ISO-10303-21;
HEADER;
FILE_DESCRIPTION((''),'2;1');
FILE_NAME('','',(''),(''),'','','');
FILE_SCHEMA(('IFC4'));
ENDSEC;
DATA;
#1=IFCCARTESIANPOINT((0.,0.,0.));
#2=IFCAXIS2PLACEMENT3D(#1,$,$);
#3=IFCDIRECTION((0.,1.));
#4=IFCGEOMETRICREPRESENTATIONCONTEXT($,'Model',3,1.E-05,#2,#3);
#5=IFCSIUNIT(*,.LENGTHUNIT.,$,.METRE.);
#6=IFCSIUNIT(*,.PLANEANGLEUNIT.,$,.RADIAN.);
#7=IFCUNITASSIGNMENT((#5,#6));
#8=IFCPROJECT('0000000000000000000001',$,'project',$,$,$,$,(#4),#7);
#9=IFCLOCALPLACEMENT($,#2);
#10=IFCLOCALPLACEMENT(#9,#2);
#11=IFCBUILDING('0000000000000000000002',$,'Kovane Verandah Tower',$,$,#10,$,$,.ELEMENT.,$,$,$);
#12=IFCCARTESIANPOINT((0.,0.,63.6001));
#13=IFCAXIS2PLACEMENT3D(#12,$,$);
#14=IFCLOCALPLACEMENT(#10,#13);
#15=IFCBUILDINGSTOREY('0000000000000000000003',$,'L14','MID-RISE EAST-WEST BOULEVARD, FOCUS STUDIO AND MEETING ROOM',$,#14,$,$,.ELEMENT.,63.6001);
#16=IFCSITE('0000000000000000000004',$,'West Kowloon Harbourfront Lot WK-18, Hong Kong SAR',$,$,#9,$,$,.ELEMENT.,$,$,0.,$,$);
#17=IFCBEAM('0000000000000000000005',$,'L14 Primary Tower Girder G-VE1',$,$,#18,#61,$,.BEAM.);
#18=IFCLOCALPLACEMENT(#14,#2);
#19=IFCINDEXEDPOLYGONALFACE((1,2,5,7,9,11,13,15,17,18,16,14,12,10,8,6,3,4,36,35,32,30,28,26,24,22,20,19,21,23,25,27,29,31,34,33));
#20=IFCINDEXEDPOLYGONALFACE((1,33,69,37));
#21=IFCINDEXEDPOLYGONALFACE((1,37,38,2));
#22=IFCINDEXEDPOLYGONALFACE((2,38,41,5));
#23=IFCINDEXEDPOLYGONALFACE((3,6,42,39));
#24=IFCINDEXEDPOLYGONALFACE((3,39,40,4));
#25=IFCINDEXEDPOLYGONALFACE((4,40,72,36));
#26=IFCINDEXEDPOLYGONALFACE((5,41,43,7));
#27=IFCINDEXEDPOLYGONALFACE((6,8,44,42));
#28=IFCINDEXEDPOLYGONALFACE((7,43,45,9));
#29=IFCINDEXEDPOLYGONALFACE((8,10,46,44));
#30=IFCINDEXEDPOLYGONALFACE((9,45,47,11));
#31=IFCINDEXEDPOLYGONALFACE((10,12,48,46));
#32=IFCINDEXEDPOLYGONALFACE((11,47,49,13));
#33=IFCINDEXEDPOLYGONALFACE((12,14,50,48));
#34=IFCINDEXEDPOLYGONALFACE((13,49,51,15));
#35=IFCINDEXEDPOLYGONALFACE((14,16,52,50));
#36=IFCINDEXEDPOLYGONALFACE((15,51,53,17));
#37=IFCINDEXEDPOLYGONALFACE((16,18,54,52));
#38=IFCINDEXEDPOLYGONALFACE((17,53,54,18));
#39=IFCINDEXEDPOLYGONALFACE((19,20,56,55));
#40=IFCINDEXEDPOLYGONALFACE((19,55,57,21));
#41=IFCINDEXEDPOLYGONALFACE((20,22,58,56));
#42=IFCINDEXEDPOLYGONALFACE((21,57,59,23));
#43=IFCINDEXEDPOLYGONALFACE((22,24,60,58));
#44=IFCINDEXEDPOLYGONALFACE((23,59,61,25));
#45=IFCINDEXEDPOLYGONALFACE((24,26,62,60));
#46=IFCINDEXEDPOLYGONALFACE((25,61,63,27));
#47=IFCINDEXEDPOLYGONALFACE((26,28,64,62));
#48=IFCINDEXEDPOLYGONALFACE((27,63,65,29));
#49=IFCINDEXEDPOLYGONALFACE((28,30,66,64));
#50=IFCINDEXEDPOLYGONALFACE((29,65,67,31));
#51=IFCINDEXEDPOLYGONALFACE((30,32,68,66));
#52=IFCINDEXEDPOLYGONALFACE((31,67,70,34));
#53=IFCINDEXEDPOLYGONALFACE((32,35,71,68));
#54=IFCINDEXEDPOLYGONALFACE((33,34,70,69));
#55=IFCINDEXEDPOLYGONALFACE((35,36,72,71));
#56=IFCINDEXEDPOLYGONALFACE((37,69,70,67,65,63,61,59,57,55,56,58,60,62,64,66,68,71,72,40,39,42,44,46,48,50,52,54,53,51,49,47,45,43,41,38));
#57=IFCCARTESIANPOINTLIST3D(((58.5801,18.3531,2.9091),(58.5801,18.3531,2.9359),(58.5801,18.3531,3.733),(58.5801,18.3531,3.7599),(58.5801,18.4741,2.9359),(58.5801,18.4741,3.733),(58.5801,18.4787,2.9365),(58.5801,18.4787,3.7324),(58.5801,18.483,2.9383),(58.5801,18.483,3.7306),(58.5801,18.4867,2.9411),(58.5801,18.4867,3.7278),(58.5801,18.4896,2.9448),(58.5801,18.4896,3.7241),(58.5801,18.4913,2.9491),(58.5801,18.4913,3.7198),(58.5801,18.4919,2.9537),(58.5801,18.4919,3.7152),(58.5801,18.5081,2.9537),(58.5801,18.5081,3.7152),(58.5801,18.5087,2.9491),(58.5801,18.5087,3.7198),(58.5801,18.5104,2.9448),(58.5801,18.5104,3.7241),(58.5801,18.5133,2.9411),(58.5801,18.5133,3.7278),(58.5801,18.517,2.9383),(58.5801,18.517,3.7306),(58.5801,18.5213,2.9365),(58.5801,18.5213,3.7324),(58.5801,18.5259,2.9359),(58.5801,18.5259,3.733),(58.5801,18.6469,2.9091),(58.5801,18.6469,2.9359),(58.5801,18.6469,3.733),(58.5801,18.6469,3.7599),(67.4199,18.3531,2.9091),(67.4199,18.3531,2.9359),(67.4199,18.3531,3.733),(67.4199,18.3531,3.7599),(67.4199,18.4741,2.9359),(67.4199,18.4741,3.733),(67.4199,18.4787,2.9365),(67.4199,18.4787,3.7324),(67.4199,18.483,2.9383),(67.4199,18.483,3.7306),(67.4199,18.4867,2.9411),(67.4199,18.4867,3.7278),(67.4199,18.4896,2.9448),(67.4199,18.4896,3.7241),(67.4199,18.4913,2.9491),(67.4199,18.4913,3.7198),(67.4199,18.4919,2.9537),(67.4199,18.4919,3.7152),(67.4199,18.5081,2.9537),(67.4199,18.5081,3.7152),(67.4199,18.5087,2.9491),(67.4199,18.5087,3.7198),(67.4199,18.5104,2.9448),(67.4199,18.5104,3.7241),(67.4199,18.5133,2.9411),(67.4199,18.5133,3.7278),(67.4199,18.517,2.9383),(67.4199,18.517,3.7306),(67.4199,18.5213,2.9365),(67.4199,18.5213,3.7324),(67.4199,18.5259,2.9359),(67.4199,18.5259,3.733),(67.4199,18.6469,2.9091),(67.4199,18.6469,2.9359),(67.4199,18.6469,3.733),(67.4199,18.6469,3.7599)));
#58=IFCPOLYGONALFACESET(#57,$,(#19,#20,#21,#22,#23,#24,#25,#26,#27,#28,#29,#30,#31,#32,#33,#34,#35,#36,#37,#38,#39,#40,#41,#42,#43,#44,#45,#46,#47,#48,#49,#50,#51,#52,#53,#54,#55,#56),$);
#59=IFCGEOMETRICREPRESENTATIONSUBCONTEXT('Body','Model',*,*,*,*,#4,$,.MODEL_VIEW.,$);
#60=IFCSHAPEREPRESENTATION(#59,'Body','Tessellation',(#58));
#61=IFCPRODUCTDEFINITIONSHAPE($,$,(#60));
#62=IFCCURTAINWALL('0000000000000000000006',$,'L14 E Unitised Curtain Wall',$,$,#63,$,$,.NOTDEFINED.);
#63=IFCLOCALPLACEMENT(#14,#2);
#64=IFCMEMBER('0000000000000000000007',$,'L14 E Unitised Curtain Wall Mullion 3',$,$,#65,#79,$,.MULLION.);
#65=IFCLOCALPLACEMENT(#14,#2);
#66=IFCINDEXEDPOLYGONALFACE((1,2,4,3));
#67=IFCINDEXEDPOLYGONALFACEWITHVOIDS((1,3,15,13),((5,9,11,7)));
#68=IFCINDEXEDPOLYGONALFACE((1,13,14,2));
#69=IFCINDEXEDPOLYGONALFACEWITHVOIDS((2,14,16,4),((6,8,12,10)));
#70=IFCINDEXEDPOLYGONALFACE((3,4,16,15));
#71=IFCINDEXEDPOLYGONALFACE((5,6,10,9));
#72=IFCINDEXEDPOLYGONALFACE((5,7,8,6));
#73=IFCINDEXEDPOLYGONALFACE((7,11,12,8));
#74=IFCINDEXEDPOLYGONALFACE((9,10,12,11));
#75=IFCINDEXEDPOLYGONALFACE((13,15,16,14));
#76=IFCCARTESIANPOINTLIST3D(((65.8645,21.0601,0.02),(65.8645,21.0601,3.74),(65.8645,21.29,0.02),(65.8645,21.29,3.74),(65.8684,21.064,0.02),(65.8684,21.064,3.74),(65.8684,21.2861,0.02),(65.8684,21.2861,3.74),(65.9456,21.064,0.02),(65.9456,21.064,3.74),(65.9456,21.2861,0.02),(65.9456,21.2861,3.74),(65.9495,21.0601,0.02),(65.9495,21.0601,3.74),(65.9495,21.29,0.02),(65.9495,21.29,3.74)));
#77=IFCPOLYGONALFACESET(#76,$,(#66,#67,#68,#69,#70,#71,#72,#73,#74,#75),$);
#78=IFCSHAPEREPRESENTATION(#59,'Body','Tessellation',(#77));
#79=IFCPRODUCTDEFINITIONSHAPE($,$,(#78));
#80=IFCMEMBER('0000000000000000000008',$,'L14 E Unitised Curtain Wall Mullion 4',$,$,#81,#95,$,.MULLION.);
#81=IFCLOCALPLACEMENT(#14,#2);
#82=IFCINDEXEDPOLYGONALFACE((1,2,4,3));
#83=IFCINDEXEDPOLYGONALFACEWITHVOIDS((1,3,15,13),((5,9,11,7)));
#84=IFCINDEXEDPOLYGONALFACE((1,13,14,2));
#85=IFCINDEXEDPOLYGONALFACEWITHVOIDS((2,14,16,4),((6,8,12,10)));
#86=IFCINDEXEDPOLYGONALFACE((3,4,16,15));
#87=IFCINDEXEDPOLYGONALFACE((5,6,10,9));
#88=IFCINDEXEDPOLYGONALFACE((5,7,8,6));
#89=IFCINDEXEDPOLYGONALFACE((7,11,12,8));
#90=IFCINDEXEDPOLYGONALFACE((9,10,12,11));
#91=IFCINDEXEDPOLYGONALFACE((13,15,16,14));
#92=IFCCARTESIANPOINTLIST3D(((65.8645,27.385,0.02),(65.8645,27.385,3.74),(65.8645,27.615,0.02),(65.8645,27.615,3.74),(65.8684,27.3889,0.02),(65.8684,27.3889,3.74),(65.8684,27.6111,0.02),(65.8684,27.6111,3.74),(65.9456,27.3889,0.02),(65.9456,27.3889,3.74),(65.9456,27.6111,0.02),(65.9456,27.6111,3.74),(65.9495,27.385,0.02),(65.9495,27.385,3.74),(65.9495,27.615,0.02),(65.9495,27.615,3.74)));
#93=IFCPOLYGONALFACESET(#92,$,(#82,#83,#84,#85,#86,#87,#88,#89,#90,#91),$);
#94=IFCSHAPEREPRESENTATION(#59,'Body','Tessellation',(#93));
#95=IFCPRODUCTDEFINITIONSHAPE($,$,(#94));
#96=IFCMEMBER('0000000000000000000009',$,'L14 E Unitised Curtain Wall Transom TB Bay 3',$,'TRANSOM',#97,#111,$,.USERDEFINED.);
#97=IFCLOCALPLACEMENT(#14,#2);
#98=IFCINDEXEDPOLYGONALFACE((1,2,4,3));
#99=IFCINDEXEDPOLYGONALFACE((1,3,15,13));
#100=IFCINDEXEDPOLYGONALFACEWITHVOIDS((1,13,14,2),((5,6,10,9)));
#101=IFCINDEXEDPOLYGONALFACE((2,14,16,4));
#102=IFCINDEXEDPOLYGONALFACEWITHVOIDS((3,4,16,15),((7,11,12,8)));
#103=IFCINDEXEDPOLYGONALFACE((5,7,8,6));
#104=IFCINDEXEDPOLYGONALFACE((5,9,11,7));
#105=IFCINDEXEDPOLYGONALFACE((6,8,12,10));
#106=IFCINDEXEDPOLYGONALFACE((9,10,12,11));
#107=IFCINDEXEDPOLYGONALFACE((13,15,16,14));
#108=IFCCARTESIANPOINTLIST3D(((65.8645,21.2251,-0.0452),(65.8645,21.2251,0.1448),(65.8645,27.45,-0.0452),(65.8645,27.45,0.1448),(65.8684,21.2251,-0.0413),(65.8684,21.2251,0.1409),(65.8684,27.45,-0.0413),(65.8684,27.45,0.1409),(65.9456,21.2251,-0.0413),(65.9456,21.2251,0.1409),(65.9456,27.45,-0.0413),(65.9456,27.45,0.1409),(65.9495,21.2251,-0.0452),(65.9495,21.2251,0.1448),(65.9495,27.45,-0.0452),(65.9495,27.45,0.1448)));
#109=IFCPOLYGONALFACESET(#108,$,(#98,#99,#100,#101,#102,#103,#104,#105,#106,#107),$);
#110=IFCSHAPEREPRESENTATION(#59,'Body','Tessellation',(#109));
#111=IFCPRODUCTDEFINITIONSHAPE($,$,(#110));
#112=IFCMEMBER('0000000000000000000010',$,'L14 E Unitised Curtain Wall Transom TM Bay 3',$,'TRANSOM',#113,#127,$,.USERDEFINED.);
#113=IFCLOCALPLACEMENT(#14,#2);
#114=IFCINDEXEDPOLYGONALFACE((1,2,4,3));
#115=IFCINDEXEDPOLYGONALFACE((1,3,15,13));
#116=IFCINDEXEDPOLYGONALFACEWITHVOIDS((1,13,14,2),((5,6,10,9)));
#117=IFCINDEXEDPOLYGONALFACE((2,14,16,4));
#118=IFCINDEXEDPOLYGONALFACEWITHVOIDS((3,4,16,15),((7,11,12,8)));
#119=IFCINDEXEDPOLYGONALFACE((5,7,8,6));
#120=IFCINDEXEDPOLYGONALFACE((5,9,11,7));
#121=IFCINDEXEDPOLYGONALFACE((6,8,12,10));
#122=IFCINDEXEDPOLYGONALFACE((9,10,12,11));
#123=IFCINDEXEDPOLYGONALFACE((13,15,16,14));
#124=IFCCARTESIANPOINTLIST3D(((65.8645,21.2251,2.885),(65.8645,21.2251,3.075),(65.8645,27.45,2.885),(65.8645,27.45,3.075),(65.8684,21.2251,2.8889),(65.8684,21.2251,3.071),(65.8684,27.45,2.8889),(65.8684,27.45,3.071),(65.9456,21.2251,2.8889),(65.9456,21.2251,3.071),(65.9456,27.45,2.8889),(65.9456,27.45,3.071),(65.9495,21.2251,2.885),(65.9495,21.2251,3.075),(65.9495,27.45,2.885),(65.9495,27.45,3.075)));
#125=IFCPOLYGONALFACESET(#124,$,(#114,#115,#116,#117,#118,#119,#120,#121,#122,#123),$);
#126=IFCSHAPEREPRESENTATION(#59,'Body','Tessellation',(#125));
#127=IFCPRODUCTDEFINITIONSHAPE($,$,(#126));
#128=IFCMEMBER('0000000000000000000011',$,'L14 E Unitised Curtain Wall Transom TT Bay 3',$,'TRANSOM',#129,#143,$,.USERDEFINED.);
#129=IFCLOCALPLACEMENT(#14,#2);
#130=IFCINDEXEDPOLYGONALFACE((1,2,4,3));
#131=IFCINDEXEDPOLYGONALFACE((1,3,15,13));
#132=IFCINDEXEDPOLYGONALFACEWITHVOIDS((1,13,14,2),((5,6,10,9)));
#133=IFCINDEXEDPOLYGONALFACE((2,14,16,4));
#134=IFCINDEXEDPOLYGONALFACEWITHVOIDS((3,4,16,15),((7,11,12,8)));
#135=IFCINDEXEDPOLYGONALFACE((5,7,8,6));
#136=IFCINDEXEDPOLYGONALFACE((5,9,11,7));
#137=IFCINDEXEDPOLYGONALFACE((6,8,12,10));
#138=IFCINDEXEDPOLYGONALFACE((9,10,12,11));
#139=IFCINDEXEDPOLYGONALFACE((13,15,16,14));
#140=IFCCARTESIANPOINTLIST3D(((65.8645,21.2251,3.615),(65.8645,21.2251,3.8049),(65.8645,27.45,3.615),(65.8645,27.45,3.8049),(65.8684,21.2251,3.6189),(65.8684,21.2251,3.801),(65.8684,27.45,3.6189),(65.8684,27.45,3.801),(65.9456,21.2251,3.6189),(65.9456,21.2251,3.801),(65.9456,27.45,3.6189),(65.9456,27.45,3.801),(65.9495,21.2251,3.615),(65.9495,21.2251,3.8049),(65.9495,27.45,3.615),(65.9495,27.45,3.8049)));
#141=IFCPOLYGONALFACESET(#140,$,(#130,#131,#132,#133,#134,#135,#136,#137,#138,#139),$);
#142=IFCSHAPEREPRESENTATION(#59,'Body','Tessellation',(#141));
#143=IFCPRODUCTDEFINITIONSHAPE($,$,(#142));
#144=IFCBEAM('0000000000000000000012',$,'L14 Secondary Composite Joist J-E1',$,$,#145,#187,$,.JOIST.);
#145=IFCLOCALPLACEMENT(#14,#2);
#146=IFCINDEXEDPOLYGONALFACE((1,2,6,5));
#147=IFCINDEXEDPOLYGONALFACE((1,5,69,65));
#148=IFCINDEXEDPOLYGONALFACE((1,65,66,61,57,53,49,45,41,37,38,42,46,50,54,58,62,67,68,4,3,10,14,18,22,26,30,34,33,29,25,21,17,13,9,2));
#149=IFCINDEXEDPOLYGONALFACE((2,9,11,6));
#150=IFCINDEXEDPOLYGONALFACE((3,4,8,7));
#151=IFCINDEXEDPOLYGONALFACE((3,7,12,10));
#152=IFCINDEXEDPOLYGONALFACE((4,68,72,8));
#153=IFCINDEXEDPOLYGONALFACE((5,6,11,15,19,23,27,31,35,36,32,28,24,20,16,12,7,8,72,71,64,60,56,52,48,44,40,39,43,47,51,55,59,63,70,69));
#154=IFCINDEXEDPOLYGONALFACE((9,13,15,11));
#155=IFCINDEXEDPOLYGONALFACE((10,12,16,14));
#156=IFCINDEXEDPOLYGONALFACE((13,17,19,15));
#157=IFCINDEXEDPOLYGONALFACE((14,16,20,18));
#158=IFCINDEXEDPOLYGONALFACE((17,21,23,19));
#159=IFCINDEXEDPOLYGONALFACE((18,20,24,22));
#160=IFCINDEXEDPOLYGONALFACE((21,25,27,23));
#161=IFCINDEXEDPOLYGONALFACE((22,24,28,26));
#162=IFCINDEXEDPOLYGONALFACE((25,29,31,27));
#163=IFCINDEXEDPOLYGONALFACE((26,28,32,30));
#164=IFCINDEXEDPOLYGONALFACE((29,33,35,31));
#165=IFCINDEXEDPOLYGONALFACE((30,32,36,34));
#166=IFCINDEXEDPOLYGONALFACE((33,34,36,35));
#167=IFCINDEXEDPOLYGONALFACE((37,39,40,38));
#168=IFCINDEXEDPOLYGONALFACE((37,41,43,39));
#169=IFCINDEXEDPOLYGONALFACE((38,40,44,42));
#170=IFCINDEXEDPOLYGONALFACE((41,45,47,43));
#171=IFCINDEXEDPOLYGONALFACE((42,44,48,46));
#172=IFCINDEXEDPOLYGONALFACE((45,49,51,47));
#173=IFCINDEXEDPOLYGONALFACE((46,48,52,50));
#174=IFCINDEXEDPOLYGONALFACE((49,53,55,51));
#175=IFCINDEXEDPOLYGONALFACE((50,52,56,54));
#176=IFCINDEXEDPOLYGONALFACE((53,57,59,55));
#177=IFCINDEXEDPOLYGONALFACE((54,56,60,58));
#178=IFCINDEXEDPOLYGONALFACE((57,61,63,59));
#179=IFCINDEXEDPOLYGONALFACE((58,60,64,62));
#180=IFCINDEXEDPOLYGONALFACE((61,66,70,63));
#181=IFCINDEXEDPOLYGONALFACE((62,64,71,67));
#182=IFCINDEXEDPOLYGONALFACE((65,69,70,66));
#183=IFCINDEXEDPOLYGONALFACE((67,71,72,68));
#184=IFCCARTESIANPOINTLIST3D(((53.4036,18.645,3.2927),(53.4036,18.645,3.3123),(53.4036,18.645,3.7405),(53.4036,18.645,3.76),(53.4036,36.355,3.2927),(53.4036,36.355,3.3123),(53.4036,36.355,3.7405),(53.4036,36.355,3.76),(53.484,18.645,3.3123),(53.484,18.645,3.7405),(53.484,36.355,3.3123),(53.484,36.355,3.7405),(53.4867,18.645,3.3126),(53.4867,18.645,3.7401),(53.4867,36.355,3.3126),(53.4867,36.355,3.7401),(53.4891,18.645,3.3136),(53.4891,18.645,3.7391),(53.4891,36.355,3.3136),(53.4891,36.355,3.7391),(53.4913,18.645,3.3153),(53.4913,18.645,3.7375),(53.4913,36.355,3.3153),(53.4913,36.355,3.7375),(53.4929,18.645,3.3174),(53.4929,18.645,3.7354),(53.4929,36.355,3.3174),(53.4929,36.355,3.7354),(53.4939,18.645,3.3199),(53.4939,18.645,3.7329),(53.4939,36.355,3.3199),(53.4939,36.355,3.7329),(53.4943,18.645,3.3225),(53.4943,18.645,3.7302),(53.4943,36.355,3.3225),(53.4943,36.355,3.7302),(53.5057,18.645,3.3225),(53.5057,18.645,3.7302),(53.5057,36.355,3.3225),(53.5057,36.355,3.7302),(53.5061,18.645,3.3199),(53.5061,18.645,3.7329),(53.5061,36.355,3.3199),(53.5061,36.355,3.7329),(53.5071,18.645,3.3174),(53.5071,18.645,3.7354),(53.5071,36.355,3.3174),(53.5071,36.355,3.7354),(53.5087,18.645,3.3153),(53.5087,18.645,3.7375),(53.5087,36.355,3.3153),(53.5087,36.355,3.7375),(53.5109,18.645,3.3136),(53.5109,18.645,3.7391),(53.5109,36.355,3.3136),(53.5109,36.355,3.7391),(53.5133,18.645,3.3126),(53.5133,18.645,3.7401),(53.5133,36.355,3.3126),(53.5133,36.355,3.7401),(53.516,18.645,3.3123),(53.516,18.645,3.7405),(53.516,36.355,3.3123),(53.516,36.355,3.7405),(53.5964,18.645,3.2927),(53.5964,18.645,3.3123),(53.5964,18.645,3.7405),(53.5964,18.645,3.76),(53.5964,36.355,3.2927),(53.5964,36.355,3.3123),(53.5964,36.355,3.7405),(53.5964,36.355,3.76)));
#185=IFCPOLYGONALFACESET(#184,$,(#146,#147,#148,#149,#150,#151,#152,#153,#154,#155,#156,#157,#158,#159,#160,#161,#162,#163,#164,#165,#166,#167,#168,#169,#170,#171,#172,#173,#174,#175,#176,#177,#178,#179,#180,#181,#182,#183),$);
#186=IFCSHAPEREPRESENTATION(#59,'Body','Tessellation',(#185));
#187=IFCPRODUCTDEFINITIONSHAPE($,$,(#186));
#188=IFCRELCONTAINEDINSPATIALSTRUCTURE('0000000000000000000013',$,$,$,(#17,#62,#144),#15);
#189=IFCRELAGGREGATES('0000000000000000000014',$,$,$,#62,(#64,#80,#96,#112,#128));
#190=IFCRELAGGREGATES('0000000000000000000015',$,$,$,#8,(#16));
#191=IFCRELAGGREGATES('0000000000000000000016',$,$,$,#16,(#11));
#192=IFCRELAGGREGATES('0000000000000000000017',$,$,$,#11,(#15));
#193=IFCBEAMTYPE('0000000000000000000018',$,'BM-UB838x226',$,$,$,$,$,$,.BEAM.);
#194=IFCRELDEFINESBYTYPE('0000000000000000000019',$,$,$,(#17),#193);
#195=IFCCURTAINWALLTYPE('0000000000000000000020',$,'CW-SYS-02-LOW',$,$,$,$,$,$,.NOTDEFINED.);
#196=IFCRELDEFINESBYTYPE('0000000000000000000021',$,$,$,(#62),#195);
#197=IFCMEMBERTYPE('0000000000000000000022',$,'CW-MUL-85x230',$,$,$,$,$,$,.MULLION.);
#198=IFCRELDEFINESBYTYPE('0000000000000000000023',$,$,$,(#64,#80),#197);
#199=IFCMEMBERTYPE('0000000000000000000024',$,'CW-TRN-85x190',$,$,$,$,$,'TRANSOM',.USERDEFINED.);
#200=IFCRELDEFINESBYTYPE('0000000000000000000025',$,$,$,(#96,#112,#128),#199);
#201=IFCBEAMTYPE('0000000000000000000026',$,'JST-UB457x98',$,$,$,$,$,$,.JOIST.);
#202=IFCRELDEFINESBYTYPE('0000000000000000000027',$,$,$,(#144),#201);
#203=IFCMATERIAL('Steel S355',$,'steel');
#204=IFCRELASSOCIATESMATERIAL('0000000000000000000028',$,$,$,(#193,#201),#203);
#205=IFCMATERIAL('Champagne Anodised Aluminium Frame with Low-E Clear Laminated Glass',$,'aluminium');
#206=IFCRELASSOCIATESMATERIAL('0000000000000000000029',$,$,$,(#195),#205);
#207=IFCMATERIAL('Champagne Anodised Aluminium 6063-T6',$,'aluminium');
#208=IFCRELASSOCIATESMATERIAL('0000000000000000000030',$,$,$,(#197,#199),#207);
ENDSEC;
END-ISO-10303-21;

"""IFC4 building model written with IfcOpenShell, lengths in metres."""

from ifc_helpers import new_model, si_unit, direction, frame, origin, origin_2d, place, context, subcontext, project, spatial, hollow_rectangle, i_section, extrude, material, material_profile, profile_set, type_object, element, aggregate, save


model = new_model("IFC4")

# Units and contexts
model_context = context("Model", 3, precision=1e-05, world=origin(), true_north=direction((0.0, 1.0)))
body_context = subcontext(model_context, "Body", "Model", "MODEL_VIEW")
ifc_project = project(units=[si_unit("LENGTHUNIT", "METRE"), si_unit("PLANEANGLEUNIT", "RADIAN")], contexts=[model_context])

# Site, building, storey
site_placement = place(None, origin())
site = spatial("IfcSite", under=ifc_project, at=site_placement, Name="West Kowloon Harbourfront Lot WK-18, Hong Kong SAR", CompositionType="ELEMENT", RefElevation=0.0)
building_placement = place(site_placement, origin())
building = spatial("IfcBuilding", under=site, at=building_placement, Name="Kovane Verandah Tower", CompositionType="ELEMENT")
storey_placement = place(building_placement, frame((0.0, 0.0, 63.6001)))
storey = spatial("IfcBuildingStorey", under=building, at=storey_placement, Name="L14", Description="MID-RISE EAST-WEST BOULEVARD, FOCUS STUDIO AND MEETING ROOM", CompositionType="ELEMENT", Elevation=63.6001)

# Beam
ifc_material_1 = material(Name="Steel S355", Category="steel")
ifc_material_profile_1 = material_profile(ifc_material_1, i_section(OverallWidth=0.2937, OverallDepth=0.8508, WebThickness=0.0161, FlangeThickness=0.0269, FilletRadius=0.0178, at=origin_2d()), Name="UB838x292x226")
ifc_profile_set_1 = profile_set([ifc_material_profile_1], Name="Steel S355")
beam_type_1 = type_object("IfcBeamType", Name="BM-UB838x226", PredefinedType="BEAM", material=ifc_profile_set_1)
beam_1_placement = place(storey_placement, frame((58.5801, 18.5, 3.3345), z_axis=(1.0, 0.0, 0.0), x_axis=(0.0, 1.0, 0.0)))
element("IfcBeam", 1, at=beam_1_placement, inside=storey, type_object=beam_type_1, Name="L14 Primary Tower Girder G-VE1", PredefinedType="BEAM", context=body_context, shape_type="SweptSolid", body=[
    extrude(i_section(OverallWidth=0.2937, OverallDepth=0.8508, WebThickness=0.0161, FlangeThickness=0.0269, FilletRadius=0.0178, at=origin_2d()), origin(), (0.0, 0.0, 1.0), 8.8398),
])

# Curtain wall, members
ifc_material_2 = material(Name="Champagne Anodised Aluminium Frame with Low-E Clear Laminated Glass", Category="aluminium")
curtain_wall_type = type_object("IfcCurtainWallType", Name="CW-SYS-02-LOW", PredefinedType="NOTDEFINED", material=ifc_material_2)
curtain_wall_placement = place(storey_placement, origin())
curtain_wall = element("IfcCurtainWall", 2, at=curtain_wall_placement, inside=storey, type_object=curtain_wall_type, Name="L14 E Unitised Curtain Wall", PredefinedType="NOTDEFINED")
ifc_material_3 = material(Name="Champagne Anodised Aluminium 6063-T6", Category="aluminium")
ifc_material_profile_2 = material_profile(ifc_material_3, hollow_rectangle(XDim=0.085, YDim=0.23, WallThickness=0.0039, at=origin_2d()), Name="AL85x230x4")
ifc_profile_set_2 = profile_set([ifc_material_profile_2], Name="Champagne Anodised Aluminium 6063-T6")
member_type_1 = type_object("IfcMemberType", Name="CW-MUL-85x230", PredefinedType="MULLION", material=ifc_profile_set_2)
member_1_placement = place(storey_placement, frame((65.907, 21.175, 0.02), z_axis=(0.0, 0.0, 1.0), x_axis=(1.0, 0.0, 0.0)))
member_1 = element("IfcMember", 3, at=member_1_placement, type_object=member_type_1, Name="L14 E Unitised Curtain Wall Mullion 3", PredefinedType="MULLION", context=body_context, shape_type="SweptSolid", body=[
    extrude(hollow_rectangle(XDim=0.085, YDim=0.23, WallThickness=0.0039, at=origin_2d()), origin(), (0.0, 0.0, 1.0), 3.72),
])
member_2_placement = place(storey_placement, frame((65.907, 27.5, 0.02), z_axis=(0.0, 0.0, 1.0), x_axis=(1.0, 0.0, 0.0)))
member_2 = element("IfcMember", 4, at=member_2_placement, type_object=member_type_1, Name="L14 E Unitised Curtain Wall Mullion 4", PredefinedType="MULLION", context=body_context, shape_type="SweptSolid", body=[
    extrude(hollow_rectangle(XDim=0.085, YDim=0.23, WallThickness=0.0039, at=origin_2d()), origin(), (0.0, 0.0, 1.0), 3.72),
])
ifc_material_profile_3 = material_profile(ifc_material_3, hollow_rectangle(XDim=0.085, YDim=0.1899, WallThickness=0.0039, at=origin_2d()), Name="AL85x190x4")
ifc_profile_set_3 = profile_set([ifc_material_profile_3], Name="Champagne Anodised Aluminium 6063-T6")
member_type_2 = type_object("IfcMemberType", Name="CW-TRN-85x190", ElementType="TRANSOM", PredefinedType="USERDEFINED", material=ifc_profile_set_3)
member_3_placement = place(storey_placement, frame((65.907, 21.2251, 0.0498), z_axis=(0.0, 1.0, 0.0), x_axis=(-1.0, 0.0, 0.0)))
member_3 = element("IfcMember", 5, at=member_3_placement, type_object=member_type_2, Name="L14 E Unitised Curtain Wall Transom TB Bay 3", ObjectType="TRANSOM", PredefinedType="USERDEFINED", context=body_context, shape_type="SweptSolid", body=[
    extrude(hollow_rectangle(XDim=0.085, YDim=0.1899, WallThickness=0.0039, at=origin_2d()), origin(), (0.0, 0.0, 1.0), 6.2249),
])
member_4_placement = place(storey_placement, frame((65.907, 21.2251, 2.98), z_axis=(0.0, 1.0, 0.0), x_axis=(-1.0, 0.0, 0.0)))
member_4 = element("IfcMember", 6, at=member_4_placement, type_object=member_type_2, Name="L14 E Unitised Curtain Wall Transom TM Bay 3", ObjectType="TRANSOM", PredefinedType="USERDEFINED", context=body_context, shape_type="SweptSolid", body=[
    extrude(hollow_rectangle(XDim=0.085, YDim=0.1899, WallThickness=0.0039, at=origin_2d()), origin(), (0.0, 0.0, 1.0), 6.2249),
])
member_5_placement = place(storey_placement, frame((65.907, 21.2251, 3.71), z_axis=(0.0, 1.0, 0.0), x_axis=(-1.0, 0.0, 0.0)))
member_5 = element("IfcMember", 7, at=member_5_placement, type_object=member_type_2, Name="L14 E Unitised Curtain Wall Transom TT Bay 3", ObjectType="TRANSOM", PredefinedType="USERDEFINED", context=body_context, shape_type="SweptSolid", body=[
    extrude(hollow_rectangle(XDim=0.085, YDim=0.1899, WallThickness=0.0039, at=origin_2d()), origin(), (0.0, 0.0, 1.0), 6.2249),
])

# Beam
ifc_material_profile_4 = material_profile(ifc_material_1, i_section(OverallWidth=0.1929, OverallDepth=0.4673, WebThickness=0.0115, FlangeThickness=0.0195, FilletRadius=0.0103, at=origin_2d()), Name="UB457x191x98")
ifc_profile_set_4 = profile_set([ifc_material_profile_4], Name="Steel S355")
beam_type_2 = type_object("IfcBeamType", Name="JST-UB457x98", PredefinedType="JOIST", material=ifc_profile_set_4)
for number, where, z_axis, x_axis, name in (
    (8, (53.5, 18.645, 3.5264), (0.0, 1.0, 0.0), (-1.0, 0.0, 0.0), "L14 Secondary Composite Joist J-E1"),
):
    element("IfcBeam", number, at=place(storey_placement, frame(where, z_axis=z_axis, x_axis=x_axis)), inside=storey, type_object=beam_type_2, Name=name, PredefinedType="JOIST", context=body_context, shape_type="SweptSolid", body=[
        extrude(i_section(OverallWidth=0.1929, OverallDepth=0.4673, WebThickness=0.0115, FlangeThickness=0.0195, FilletRadius=0.0103, at=origin_2d()), origin(), (0.0, 0.0, 1.0), 17.71),
    ])

aggregate(curtain_wall, [member_1, member_2, member_3, member_4, member_5])

save(model, "model.ifc")
